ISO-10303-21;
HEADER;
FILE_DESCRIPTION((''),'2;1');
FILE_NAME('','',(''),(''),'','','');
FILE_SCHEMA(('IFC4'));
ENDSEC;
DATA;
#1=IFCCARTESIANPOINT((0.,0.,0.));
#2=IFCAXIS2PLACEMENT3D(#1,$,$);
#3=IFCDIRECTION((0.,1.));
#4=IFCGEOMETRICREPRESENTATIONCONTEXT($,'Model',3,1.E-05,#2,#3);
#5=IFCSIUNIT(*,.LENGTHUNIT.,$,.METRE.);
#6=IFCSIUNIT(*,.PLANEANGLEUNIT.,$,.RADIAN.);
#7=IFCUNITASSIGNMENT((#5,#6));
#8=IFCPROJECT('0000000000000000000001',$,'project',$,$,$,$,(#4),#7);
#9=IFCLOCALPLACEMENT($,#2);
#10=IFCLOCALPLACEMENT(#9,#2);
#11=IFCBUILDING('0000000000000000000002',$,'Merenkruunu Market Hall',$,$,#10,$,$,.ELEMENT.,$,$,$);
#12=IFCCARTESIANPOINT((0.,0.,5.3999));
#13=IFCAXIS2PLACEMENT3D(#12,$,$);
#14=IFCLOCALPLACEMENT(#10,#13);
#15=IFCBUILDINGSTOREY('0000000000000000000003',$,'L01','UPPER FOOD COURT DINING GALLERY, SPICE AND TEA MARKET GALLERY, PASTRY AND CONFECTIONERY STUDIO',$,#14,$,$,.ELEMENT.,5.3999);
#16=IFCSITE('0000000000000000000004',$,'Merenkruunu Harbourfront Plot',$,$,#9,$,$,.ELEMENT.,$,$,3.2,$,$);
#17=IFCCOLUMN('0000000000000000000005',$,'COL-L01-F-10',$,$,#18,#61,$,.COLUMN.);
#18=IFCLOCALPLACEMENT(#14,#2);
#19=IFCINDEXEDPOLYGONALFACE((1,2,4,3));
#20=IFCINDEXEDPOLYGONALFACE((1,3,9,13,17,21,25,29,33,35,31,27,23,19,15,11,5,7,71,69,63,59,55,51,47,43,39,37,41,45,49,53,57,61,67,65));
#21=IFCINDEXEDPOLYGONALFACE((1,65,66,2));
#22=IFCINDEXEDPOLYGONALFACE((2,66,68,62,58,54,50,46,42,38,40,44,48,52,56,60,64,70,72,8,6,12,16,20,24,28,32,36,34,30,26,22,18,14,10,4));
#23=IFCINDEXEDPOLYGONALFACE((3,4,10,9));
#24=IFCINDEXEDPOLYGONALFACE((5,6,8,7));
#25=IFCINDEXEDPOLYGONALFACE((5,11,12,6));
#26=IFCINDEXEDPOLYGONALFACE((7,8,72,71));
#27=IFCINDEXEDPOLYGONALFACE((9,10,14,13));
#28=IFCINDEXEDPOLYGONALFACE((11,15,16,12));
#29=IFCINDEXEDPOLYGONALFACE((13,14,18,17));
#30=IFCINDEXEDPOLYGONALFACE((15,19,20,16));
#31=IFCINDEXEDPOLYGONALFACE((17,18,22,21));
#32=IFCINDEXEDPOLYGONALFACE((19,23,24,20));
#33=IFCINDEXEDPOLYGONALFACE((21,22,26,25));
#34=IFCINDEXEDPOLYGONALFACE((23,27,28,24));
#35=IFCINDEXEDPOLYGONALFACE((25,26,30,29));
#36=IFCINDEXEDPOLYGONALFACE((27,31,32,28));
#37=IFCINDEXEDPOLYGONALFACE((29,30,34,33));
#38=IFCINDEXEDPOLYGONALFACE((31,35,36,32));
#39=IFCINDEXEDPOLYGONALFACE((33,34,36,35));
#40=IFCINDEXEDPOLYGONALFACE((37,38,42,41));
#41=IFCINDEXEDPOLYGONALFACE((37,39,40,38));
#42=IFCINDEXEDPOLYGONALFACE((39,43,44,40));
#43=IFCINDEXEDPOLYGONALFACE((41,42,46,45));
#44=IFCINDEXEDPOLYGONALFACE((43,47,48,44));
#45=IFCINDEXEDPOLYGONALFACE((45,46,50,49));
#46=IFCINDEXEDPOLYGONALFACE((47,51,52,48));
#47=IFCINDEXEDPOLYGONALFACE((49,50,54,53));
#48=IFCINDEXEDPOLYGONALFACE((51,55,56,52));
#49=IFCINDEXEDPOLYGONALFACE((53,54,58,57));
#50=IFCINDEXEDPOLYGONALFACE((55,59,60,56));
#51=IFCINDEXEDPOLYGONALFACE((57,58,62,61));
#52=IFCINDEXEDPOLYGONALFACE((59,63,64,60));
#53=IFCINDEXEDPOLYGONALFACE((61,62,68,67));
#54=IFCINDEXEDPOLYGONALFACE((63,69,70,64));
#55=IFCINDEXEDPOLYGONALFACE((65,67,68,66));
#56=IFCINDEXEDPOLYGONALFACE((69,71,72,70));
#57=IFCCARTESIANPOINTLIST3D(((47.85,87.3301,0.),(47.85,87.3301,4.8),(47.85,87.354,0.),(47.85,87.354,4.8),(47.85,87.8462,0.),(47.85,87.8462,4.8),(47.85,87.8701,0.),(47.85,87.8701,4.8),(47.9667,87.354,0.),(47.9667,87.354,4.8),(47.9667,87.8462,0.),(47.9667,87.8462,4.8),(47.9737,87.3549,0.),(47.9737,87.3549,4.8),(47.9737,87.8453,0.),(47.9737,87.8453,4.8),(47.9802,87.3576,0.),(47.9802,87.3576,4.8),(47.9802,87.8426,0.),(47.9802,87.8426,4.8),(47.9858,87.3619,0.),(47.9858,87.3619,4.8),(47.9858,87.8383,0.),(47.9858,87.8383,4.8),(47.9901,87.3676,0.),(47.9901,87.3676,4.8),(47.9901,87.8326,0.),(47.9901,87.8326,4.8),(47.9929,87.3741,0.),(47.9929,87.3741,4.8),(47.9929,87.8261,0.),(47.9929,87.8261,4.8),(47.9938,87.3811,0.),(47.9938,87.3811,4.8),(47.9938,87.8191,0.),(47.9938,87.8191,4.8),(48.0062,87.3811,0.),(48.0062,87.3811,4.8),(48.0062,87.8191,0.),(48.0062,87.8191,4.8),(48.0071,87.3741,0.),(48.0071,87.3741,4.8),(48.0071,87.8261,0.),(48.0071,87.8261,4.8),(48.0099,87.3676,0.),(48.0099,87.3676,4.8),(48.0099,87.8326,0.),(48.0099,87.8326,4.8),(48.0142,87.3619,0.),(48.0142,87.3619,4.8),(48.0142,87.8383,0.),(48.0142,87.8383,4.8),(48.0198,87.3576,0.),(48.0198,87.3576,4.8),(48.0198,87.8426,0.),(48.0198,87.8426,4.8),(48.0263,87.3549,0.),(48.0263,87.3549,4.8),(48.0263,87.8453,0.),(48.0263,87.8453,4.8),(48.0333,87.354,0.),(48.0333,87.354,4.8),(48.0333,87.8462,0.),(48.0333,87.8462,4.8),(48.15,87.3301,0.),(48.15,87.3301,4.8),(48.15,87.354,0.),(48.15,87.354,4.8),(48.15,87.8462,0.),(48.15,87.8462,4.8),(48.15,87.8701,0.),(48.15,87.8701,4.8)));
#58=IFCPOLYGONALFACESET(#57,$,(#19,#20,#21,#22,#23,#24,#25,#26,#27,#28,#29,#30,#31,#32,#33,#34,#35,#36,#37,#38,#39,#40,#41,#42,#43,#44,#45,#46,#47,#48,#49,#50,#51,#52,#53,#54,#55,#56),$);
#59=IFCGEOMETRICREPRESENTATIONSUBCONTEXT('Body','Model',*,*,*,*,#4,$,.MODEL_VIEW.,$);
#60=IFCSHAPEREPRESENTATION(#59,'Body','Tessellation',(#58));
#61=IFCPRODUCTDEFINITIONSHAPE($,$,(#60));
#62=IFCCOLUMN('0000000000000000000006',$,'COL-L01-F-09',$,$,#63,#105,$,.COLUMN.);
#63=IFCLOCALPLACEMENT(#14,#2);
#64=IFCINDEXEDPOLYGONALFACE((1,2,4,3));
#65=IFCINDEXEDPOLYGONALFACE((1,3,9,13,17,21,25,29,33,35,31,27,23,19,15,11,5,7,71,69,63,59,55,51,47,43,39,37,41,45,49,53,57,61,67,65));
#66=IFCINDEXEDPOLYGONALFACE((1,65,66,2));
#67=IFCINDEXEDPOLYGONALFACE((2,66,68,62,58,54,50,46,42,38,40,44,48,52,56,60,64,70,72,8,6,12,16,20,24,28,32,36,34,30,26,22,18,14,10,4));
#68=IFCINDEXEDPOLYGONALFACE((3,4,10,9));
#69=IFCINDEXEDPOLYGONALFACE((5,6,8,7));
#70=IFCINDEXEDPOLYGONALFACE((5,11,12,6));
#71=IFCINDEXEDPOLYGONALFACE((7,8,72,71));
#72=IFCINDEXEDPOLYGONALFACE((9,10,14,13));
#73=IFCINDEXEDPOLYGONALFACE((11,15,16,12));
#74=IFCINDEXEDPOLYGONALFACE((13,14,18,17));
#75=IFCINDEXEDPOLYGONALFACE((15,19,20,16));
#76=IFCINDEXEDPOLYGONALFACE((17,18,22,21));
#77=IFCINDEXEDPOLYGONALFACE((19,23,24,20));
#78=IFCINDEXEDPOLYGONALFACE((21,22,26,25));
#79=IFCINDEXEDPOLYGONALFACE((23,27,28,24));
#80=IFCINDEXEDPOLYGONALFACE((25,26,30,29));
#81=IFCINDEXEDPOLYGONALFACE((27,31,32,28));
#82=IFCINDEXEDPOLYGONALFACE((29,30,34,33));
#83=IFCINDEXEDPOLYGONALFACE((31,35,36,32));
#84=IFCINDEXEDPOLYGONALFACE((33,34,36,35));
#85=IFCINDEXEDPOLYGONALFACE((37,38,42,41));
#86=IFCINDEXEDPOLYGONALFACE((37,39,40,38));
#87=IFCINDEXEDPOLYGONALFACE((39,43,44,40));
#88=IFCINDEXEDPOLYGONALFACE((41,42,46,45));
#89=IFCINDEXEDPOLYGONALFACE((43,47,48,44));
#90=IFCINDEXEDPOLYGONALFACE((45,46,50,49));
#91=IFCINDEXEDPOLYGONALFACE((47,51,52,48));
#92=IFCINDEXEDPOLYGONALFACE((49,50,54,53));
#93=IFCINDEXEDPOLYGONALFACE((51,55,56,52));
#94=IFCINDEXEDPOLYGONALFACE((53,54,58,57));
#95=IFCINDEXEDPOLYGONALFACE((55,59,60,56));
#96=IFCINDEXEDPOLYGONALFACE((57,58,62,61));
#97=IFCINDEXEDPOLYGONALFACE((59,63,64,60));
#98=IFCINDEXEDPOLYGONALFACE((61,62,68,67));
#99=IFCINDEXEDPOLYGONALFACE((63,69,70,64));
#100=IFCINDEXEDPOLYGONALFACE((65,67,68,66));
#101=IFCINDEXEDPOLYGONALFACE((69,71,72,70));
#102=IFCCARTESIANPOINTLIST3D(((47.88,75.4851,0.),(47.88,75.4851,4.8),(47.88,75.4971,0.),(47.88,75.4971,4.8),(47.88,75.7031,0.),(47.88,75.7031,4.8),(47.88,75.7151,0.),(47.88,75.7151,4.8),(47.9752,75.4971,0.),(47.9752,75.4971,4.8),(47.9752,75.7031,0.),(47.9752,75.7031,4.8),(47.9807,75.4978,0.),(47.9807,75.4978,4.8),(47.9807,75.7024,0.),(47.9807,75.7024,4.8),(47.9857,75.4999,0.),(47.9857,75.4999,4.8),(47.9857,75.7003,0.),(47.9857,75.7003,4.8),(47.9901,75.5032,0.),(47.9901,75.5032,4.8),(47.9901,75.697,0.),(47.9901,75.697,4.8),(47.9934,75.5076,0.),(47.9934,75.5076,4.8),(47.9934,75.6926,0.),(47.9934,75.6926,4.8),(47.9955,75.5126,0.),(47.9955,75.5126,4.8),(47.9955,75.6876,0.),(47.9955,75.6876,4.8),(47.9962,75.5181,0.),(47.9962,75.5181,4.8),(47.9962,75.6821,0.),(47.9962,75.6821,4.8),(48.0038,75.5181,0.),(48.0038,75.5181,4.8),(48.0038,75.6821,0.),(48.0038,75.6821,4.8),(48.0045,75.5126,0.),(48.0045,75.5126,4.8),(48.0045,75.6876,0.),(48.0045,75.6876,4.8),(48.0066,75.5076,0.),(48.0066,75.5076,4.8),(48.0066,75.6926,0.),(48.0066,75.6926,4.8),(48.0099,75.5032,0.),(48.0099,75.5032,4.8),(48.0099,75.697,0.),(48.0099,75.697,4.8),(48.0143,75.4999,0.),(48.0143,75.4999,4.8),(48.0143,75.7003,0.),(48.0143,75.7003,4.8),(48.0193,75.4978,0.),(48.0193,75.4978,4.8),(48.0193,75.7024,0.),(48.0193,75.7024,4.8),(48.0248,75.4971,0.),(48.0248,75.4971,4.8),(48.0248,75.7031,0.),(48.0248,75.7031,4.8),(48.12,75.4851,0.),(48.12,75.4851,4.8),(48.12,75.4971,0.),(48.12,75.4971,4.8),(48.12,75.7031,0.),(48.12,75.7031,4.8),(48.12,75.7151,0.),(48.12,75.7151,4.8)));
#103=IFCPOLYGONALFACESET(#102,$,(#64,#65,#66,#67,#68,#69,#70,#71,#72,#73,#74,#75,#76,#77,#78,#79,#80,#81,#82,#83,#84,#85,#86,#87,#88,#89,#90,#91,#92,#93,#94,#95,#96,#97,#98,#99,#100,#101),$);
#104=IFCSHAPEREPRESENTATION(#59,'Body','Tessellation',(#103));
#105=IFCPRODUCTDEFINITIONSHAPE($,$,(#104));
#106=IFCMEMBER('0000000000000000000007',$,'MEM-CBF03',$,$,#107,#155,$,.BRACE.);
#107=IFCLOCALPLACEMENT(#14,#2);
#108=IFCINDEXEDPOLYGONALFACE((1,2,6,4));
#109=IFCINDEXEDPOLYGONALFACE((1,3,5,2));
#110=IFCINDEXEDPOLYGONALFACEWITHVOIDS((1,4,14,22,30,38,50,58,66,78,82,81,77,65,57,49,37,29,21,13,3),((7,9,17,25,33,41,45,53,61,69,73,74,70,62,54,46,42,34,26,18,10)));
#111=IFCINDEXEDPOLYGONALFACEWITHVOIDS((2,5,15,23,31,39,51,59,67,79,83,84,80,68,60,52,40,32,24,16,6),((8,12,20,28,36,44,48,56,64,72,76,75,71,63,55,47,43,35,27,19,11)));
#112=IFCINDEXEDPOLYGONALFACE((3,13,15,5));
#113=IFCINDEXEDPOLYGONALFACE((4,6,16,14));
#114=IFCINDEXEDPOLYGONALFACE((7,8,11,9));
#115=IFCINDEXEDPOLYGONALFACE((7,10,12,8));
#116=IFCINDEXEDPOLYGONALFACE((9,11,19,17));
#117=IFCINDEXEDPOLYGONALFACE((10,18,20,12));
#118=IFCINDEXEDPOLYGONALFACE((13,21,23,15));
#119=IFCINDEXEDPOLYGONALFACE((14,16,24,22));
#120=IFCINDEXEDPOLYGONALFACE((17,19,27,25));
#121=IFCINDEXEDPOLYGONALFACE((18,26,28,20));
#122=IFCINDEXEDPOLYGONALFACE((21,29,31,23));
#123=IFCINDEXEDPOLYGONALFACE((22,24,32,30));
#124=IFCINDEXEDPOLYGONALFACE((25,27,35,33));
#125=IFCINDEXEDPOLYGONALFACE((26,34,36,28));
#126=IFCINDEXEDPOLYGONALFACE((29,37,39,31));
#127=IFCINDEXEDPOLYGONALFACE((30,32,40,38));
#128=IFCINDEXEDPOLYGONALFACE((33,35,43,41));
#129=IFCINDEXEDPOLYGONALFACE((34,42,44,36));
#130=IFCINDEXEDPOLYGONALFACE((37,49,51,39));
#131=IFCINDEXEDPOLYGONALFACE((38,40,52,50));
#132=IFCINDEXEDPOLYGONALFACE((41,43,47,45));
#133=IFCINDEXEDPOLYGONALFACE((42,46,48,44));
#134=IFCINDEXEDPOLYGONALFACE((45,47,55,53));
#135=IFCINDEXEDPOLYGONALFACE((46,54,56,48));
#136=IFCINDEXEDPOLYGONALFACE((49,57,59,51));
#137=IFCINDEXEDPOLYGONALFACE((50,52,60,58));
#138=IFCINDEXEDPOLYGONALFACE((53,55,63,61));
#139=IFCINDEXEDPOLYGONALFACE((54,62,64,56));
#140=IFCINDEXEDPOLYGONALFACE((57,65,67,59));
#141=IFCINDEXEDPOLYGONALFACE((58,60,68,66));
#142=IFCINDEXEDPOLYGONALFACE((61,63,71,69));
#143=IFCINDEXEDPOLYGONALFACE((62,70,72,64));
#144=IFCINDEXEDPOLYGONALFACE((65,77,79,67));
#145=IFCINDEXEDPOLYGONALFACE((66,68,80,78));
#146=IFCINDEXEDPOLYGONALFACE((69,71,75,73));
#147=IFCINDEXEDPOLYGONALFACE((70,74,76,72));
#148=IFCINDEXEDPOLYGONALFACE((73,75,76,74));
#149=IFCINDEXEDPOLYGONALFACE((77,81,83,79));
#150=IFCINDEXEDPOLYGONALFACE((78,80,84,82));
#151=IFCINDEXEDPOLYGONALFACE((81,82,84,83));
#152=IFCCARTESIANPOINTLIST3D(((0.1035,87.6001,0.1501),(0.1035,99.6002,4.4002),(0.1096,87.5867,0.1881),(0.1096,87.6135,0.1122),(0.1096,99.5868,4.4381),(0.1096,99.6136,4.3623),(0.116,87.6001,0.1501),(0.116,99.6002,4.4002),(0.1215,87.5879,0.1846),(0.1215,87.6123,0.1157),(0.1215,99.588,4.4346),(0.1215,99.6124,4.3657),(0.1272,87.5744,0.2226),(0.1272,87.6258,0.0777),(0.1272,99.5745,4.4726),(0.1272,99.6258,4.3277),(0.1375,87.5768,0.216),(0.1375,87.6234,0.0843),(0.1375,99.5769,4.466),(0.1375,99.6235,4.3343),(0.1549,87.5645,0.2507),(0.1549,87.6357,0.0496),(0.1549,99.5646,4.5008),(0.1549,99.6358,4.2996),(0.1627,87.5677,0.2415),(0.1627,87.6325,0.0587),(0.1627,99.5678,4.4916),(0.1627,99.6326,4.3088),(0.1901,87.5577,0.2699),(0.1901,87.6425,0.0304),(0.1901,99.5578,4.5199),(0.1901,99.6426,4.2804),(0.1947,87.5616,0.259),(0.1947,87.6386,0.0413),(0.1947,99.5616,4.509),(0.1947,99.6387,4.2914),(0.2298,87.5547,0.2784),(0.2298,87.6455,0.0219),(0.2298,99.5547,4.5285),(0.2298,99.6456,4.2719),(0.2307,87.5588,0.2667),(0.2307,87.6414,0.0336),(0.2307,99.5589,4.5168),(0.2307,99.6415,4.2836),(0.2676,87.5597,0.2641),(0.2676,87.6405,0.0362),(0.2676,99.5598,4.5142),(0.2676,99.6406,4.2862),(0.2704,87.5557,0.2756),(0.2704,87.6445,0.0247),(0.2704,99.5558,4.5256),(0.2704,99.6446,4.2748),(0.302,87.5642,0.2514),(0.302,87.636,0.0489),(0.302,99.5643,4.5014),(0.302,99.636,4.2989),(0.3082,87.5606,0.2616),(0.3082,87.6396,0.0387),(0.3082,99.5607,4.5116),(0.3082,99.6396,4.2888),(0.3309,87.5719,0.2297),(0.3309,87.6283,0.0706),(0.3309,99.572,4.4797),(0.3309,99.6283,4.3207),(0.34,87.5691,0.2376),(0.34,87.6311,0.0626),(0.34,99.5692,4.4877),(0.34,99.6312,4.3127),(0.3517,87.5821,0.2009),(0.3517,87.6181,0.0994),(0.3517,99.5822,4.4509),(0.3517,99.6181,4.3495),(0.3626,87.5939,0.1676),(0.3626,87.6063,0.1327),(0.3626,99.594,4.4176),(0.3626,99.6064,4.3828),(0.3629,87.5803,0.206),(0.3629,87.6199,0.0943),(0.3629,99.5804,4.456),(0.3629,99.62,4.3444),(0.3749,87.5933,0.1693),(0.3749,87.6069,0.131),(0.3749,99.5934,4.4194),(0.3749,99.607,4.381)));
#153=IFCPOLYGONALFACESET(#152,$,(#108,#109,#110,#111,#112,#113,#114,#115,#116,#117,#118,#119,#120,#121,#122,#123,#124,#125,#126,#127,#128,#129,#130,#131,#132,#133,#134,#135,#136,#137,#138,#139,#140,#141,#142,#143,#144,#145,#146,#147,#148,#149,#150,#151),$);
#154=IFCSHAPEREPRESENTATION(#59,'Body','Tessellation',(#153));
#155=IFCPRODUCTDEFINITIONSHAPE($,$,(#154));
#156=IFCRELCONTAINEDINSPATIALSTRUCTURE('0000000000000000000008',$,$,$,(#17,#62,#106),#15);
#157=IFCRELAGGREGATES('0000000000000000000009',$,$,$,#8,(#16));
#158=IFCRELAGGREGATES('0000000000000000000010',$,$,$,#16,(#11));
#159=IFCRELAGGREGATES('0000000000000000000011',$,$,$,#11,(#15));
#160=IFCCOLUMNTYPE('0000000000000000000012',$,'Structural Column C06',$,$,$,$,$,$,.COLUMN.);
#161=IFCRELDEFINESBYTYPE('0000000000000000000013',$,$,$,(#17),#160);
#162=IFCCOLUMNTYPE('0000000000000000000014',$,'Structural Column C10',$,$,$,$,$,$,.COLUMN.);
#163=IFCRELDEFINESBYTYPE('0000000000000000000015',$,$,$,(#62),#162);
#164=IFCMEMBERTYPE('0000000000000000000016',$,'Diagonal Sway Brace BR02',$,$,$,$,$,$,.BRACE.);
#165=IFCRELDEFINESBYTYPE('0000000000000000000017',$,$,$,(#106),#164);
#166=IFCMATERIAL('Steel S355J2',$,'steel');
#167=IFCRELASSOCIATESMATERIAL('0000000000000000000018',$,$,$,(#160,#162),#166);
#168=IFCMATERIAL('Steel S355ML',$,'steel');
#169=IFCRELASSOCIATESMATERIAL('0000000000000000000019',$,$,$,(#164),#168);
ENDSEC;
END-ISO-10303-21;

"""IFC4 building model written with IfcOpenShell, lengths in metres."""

from ifc_helpers import new_model, si_unit, direction, frame, origin, origin_2d, place, context, subcontext, project, spatial, hollow_circle, i_section, extrude, material, material_profile, profile_set, type_object, element, save


model = new_model("IFC4")

# Units and contexts
model_context = context("Model", 3, precision=1e-05, world=origin(), true_north=direction((0.0, 1.0)))
body_context = subcontext(model_context, "Body", "Model", "MODEL_VIEW")
ifc_project = project(units=[si_unit("LENGTHUNIT", "METRE"), si_unit("PLANEANGLEUNIT", "RADIAN")], contexts=[model_context])

# Site, building, storey
site_placement = place(None, origin())
site = spatial("IfcSite", under=ifc_project, at=site_placement, Name="Merenkruunu Harbourfront Plot", CompositionType="ELEMENT", RefElevation=3.2)
building_placement = place(site_placement, origin())
building = spatial("IfcBuilding", under=site, at=building_placement, Name="Merenkruunu Market Hall", CompositionType="ELEMENT")
storey_placement = place(building_placement, frame((0.0, 0.0, 5.3999)))
storey = spatial("IfcBuildingStorey", under=building, at=storey_placement, Name="L01", Description="UPPER FOOD COURT DINING GALLERY, SPICE AND TEA MARKET GALLERY, PASTRY AND CONFECTIONERY STUDIO", CompositionType="ELEMENT", Elevation=5.3999)

# Columns
ifc_material_1 = material(Name="Steel S355J2", Category="steel")
ifc_material_profile_1 = material_profile(ifc_material_1, i_section(OverallWidth=0.3, OverallDepth=0.54, WebThickness=0.0125, FlangeThickness=0.0239, FilletRadius=0.0271, at=origin_2d()), Name="HEA 550")
ifc_profile_set_1 = profile_set([ifc_material_profile_1], Name="Steel S355J2")
column_type_1 = type_object("IfcColumnType", Name="Structural Column C06", PredefinedType="COLUMN", material=ifc_profile_set_1)
column_1_placement = place(storey_placement, frame((48.0, 87.6001, 0.0), z_axis=(0.0, 0.0, 1.0), x_axis=(1.0, 0.0, 0.0)))
element("IfcColumn", 1, at=column_1_placement, inside=storey, type_object=column_type_1, Name="COL-L01-F-10", PredefinedType="COLUMN", context=body_context, shape_type="SweptSolid", body=[
    extrude(i_section(OverallWidth=0.3, OverallDepth=0.54, WebThickness=0.0125, FlangeThickness=0.0239, FilletRadius=0.0271, at=origin_2d()), origin(), (0.0, 0.0, 1.0), 4.8),
])
ifc_material_profile_2 = material_profile(ifc_material_1, i_section(OverallWidth=0.24, OverallDepth=0.23, WebThickness=0.0076, FlangeThickness=0.012, FilletRadius=0.021, at=origin_2d()), Name="HEA 240")
ifc_profile_set_2 = profile_set([ifc_material_profile_2], Name="Steel S355J2")
column_type_2 = type_object("IfcColumnType", Name="Structural Column C10", PredefinedType="COLUMN", material=ifc_profile_set_2)
column_2_placement = place(storey_placement, frame((48.0, 75.6001, 0.0), z_axis=(0.0, 0.0, 1.0), x_axis=(1.0, 0.0, 0.0)))
element("IfcColumn", 2, at=column_2_placement, inside=storey, type_object=column_type_2, Name="COL-L01-F-09", PredefinedType="COLUMN", context=body_context, shape_type="SweptSolid", body=[
    extrude(i_section(OverallWidth=0.24, OverallDepth=0.23, WebThickness=0.0076, FlangeThickness=0.012, FilletRadius=0.021, at=origin_2d()), origin(), (0.0, 0.0, 1.0), 4.8),
])

# Member
ifc_material_2 = material(Name="Steel S355ML", Category="steel")
ifc_material_profile_3 = material_profile(ifc_material_2, hollow_circle(Radius=0.1365, WallThickness=0.0125, at=origin_2d()), Name="CHS 273x12.5")
ifc_profile_set_3 = profile_set([ifc_material_profile_3], Name="Steel S355ML")
member_type = type_object("IfcMemberType", Name="Diagonal Sway Brace BR02", PredefinedType="BRACE", material=ifc_profile_set_3)
member_placement = place(storey_placement, frame((0.24, 87.6001, 0.1501), z_axis=(0.0, 0.942627, 0.333847), x_axis=(-1.0, 0.0, 0.0)))
element("IfcMember", 3, at=member_placement, inside=storey, type_object=member_type, Name="MEM-CBF03", PredefinedType="BRACE", context=body_context, shape_type="SweptSolid", body=[
    extrude(hollow_circle(Radius=0.1365, WallThickness=0.0125, at=origin_2d()), origin(), (0.0, 0.0, 1.0), 12.7305),
])

save(model, "model.ifc")
